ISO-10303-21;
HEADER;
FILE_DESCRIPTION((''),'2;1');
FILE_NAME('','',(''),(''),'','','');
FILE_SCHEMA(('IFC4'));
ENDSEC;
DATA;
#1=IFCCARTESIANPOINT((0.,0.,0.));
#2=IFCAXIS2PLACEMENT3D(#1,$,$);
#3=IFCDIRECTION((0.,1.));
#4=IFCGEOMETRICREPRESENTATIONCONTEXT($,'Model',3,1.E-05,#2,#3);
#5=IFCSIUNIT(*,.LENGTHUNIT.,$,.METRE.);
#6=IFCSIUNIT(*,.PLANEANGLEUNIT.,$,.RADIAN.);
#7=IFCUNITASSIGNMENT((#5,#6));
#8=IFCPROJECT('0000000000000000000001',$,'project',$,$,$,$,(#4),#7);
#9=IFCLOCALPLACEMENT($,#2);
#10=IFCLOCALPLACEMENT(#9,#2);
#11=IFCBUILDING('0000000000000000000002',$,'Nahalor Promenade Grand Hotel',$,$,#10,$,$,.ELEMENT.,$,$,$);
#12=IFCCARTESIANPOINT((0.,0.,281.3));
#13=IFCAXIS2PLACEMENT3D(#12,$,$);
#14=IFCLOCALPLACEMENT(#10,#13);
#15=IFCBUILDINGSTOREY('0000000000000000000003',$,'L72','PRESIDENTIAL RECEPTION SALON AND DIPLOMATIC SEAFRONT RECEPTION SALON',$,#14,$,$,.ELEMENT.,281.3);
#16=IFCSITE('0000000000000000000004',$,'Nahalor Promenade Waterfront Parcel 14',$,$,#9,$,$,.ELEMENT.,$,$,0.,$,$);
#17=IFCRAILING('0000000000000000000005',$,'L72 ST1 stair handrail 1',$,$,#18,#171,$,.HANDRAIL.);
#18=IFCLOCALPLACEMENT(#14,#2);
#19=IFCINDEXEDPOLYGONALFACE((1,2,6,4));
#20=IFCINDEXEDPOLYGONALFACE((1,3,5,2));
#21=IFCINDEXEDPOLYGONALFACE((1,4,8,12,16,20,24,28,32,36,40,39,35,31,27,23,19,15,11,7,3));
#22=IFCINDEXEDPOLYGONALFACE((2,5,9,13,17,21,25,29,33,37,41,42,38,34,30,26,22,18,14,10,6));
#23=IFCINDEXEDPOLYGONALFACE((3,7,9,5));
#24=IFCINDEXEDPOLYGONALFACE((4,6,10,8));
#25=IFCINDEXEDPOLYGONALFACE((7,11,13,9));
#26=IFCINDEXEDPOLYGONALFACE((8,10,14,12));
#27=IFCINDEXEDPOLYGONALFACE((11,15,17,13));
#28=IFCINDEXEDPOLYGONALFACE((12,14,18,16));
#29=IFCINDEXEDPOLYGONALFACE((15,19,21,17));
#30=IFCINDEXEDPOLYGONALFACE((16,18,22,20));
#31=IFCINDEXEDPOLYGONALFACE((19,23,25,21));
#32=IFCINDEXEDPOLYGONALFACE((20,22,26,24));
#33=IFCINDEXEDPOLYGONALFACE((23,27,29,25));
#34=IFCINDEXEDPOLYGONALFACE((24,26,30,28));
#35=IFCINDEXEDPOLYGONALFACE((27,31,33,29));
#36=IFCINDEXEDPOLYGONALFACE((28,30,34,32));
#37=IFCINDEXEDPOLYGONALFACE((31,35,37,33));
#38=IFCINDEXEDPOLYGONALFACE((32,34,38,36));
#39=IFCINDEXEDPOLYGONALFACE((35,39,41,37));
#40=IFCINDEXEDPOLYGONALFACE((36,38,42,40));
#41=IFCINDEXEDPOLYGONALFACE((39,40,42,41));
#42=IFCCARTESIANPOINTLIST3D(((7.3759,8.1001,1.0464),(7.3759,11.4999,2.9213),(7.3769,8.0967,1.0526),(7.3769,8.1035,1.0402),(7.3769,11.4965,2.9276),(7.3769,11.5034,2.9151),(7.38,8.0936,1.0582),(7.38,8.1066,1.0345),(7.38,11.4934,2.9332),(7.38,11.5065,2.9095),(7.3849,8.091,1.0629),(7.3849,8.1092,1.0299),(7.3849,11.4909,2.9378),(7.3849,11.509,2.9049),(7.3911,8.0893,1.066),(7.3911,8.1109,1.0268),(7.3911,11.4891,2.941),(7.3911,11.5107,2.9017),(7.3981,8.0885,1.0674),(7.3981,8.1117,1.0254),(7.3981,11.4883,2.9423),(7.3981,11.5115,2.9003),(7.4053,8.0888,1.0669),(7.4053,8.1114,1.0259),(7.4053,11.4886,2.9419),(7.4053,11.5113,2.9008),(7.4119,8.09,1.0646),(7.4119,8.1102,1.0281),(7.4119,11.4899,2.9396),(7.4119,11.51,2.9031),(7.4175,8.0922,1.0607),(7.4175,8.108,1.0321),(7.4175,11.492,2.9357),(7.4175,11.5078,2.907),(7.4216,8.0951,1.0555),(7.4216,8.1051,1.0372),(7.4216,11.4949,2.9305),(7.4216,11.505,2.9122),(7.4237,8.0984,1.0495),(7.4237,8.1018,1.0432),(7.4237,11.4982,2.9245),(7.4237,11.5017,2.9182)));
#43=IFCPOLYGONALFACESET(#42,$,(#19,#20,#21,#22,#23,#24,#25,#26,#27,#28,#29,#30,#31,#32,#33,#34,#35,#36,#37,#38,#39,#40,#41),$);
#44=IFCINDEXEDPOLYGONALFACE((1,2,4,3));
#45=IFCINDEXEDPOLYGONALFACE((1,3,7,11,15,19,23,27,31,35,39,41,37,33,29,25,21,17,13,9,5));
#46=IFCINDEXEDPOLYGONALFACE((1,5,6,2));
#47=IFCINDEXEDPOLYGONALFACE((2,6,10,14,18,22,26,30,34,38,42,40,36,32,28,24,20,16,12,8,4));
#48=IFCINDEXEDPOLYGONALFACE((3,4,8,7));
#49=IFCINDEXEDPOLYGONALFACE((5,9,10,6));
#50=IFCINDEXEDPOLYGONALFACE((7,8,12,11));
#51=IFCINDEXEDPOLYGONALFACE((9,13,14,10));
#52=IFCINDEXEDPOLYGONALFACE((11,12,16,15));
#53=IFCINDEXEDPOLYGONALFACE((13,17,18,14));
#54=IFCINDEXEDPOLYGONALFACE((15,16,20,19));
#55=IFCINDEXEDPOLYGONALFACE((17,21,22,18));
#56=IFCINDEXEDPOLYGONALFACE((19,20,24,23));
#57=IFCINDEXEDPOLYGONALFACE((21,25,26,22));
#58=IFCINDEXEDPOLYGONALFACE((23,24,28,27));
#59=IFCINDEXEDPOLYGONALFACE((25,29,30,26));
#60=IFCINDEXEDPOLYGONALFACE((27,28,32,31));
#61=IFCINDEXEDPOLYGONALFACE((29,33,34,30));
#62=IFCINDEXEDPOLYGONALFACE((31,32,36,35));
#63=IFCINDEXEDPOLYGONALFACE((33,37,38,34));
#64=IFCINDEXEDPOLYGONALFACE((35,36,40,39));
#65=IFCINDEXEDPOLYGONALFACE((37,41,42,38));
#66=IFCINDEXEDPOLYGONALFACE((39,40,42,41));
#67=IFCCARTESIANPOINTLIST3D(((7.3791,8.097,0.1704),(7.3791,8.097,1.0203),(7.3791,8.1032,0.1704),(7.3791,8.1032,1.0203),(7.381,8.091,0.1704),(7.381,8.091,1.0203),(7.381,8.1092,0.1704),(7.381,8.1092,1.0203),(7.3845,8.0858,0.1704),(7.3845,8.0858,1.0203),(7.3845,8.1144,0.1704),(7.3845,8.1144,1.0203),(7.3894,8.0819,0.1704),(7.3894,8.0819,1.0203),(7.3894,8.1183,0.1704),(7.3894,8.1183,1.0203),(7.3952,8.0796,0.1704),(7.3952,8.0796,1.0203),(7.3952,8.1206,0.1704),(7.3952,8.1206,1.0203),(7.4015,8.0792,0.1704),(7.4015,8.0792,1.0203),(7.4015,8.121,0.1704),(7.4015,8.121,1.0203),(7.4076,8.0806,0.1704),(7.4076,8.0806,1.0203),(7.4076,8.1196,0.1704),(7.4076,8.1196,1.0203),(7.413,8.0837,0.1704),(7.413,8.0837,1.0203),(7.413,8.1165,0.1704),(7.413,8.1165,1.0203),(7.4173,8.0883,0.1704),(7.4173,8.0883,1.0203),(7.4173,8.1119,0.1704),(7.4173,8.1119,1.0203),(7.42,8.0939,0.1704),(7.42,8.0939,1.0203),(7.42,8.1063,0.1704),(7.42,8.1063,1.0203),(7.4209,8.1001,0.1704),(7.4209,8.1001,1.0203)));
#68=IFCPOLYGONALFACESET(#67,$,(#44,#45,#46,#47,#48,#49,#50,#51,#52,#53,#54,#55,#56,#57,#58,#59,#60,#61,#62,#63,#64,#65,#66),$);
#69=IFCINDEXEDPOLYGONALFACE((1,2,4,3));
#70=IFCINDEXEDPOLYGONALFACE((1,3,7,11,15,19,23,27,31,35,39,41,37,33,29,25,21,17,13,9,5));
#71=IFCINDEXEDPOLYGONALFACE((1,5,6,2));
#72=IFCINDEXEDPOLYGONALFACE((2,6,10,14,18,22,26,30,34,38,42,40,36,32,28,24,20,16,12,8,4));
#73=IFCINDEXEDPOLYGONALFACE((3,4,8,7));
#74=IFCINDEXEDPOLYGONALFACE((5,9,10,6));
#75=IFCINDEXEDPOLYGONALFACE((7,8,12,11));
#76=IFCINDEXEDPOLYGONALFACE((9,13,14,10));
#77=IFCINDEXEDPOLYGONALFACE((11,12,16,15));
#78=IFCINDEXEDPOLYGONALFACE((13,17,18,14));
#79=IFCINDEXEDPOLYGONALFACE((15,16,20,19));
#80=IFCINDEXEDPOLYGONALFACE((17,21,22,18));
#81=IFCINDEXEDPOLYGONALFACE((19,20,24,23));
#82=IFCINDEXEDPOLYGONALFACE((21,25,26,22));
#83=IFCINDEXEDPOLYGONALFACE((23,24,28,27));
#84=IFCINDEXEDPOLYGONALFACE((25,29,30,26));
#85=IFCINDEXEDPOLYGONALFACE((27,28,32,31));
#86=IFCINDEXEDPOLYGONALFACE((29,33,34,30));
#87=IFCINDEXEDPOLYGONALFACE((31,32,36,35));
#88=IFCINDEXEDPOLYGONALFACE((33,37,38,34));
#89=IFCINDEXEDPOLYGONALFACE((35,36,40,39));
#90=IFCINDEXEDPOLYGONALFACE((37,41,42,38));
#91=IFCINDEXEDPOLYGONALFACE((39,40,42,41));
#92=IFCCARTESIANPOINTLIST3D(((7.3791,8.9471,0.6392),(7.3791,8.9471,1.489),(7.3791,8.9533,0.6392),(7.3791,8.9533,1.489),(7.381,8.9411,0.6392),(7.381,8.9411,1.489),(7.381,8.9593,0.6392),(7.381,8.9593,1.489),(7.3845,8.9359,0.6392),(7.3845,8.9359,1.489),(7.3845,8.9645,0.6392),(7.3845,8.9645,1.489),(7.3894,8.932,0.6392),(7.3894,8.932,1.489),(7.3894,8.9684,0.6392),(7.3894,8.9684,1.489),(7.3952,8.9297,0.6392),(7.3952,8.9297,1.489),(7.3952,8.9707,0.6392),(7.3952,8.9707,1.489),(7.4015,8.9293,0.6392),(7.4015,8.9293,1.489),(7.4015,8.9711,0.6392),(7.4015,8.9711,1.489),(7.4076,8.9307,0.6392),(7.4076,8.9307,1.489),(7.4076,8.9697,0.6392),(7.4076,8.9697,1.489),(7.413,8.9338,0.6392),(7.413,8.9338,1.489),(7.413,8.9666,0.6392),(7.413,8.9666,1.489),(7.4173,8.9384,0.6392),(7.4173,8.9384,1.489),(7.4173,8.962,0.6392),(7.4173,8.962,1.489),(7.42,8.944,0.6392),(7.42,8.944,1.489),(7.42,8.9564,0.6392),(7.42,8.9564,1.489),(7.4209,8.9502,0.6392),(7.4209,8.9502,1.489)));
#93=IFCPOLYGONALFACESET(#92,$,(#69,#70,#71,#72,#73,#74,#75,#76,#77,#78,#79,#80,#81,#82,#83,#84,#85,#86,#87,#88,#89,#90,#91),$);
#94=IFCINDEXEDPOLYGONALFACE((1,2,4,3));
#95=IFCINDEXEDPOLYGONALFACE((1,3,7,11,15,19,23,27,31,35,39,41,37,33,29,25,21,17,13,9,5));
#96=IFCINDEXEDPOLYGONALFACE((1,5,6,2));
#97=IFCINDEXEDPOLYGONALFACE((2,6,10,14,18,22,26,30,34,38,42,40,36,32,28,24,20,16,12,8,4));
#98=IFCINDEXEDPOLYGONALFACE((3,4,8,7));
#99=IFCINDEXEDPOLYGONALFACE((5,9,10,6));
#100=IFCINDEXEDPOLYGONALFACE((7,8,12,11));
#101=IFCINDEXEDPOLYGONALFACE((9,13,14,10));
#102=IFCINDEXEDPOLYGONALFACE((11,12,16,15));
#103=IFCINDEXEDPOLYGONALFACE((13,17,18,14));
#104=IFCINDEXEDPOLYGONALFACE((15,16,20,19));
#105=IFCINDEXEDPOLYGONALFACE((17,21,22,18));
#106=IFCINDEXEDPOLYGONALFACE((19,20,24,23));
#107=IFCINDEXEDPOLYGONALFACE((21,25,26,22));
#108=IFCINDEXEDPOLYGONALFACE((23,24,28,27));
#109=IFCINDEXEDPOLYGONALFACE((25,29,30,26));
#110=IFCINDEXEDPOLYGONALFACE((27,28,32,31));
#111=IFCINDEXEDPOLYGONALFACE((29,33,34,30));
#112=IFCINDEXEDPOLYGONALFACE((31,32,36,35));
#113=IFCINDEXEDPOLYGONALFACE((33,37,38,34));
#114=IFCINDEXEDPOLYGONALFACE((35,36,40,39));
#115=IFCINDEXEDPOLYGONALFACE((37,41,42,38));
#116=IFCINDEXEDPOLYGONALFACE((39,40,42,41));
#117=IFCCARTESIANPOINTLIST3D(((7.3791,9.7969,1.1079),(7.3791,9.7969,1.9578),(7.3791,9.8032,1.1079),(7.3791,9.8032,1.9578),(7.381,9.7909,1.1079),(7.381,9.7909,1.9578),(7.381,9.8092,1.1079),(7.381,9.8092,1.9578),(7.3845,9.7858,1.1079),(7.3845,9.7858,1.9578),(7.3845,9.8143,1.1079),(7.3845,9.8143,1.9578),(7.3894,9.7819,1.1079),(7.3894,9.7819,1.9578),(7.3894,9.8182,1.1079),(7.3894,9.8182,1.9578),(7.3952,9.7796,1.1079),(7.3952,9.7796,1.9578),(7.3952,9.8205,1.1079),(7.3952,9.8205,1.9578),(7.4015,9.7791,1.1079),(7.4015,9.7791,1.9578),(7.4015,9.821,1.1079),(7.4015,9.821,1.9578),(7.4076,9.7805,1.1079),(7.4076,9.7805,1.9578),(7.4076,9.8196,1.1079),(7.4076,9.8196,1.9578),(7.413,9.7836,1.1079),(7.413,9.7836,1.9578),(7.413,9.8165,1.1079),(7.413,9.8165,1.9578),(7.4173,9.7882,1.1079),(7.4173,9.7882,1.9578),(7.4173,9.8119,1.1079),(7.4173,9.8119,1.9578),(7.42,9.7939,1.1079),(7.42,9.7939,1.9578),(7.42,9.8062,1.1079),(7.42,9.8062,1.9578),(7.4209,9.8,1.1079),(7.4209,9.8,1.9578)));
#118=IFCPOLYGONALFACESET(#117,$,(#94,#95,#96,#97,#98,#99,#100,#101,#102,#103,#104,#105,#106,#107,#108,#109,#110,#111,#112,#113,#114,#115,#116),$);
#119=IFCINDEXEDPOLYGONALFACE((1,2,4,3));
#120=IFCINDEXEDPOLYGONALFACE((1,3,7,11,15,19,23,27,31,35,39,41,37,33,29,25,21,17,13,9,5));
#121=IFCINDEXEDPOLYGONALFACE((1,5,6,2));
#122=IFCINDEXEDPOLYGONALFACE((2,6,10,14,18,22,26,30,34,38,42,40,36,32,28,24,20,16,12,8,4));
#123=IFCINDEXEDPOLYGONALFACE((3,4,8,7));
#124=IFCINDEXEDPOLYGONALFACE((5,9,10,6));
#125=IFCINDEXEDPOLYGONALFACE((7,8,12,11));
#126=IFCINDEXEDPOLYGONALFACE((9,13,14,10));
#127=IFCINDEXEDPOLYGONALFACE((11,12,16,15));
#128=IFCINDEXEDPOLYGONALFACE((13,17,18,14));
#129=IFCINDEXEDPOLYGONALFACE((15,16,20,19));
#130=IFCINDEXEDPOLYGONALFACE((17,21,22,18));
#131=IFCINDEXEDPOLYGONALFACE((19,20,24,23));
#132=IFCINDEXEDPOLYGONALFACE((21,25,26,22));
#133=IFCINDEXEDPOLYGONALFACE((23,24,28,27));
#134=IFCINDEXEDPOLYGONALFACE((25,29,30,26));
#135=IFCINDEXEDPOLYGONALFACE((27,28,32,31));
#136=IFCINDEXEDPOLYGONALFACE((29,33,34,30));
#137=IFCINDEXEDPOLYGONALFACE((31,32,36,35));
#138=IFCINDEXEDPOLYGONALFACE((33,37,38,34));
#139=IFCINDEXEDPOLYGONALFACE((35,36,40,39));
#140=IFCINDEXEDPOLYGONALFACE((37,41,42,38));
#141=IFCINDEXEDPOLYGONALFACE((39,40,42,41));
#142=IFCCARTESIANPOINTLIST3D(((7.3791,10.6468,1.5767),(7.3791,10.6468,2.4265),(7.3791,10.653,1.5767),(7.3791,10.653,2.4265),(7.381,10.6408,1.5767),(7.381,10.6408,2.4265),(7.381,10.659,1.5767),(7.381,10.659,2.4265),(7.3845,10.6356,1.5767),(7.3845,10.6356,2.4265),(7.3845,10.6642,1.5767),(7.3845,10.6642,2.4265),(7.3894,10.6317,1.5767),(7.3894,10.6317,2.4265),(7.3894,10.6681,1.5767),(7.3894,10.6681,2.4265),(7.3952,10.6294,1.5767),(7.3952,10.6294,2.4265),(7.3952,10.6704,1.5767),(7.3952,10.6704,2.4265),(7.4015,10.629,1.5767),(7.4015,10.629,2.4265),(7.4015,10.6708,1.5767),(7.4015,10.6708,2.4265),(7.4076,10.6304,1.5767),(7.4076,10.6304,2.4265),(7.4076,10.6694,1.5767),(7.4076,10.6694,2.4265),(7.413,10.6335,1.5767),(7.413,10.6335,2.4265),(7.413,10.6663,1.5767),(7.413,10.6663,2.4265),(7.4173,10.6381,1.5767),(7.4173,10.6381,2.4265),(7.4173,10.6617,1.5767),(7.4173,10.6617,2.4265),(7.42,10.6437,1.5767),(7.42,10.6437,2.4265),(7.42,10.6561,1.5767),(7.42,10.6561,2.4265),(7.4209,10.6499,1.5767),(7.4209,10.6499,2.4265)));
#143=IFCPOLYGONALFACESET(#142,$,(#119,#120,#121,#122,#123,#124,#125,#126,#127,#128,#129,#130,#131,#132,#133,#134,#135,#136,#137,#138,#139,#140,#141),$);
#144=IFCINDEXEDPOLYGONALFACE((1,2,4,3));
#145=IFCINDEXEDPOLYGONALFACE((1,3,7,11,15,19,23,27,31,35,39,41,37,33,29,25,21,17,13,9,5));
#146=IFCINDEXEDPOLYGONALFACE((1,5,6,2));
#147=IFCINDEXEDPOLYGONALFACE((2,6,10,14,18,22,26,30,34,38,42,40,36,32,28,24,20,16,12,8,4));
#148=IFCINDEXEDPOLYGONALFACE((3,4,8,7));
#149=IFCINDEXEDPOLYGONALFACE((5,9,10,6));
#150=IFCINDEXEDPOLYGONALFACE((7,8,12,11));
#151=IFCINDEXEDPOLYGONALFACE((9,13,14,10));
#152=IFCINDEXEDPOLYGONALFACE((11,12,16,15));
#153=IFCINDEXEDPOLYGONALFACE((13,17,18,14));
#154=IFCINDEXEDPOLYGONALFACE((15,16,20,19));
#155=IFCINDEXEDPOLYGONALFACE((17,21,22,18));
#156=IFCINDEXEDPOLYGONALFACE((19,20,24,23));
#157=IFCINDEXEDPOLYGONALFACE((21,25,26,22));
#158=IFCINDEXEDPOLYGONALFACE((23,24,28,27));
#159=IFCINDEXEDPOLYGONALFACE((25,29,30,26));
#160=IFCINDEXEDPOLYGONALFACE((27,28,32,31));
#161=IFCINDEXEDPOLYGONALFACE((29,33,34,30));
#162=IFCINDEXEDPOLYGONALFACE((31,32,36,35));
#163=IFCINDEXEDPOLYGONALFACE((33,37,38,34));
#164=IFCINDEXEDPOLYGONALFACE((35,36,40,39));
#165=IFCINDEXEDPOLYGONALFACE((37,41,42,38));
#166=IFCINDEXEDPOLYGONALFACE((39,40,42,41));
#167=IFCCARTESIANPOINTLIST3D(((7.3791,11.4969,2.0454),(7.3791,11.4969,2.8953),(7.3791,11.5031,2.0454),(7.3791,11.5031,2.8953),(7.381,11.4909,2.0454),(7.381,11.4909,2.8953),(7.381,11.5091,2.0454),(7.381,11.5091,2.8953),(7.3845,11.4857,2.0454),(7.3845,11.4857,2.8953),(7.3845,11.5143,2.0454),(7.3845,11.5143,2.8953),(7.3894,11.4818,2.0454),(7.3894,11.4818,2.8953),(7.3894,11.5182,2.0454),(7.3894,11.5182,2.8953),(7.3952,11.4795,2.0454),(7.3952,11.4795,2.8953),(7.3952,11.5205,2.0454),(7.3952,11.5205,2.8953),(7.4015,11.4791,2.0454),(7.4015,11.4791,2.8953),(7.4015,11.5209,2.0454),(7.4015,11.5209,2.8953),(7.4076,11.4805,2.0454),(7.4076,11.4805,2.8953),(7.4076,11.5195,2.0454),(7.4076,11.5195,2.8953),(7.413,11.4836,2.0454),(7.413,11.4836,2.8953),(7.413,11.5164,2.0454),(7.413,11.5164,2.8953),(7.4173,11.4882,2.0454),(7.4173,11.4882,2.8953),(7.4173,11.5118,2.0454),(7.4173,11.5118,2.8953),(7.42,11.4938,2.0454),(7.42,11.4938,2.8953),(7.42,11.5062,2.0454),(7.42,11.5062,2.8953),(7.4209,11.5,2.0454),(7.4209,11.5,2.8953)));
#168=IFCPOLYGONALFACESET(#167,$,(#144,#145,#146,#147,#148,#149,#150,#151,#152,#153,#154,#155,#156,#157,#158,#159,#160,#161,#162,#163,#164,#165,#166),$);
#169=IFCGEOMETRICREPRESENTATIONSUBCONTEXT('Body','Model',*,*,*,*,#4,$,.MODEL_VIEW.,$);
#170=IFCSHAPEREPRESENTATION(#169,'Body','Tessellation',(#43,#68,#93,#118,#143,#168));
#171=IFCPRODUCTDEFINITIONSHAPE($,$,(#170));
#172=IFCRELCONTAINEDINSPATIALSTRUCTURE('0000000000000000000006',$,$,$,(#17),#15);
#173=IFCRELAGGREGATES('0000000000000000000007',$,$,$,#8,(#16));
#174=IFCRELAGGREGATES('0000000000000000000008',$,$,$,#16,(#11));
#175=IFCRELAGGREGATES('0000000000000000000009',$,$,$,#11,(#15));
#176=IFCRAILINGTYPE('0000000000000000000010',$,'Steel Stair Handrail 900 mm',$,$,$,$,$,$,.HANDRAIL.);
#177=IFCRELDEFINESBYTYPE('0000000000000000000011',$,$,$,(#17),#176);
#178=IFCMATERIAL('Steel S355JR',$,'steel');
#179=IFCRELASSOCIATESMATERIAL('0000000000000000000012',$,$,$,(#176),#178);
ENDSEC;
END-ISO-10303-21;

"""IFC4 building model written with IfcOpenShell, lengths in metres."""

from ifc_helpers import new_model, si_unit, direction, frame, origin, origin_2d, place, context, subcontext, project, spatial, circle, extrude, material, type_object, element, save


model = new_model("IFC4")

# Units and contexts
model_context = context("Model", 3, precision=1e-05, world=origin(), true_north=direction((0.0, 1.0)))
body_context = subcontext(model_context, "Body", "Model", "MODEL_VIEW")
ifc_project = project(units=[si_unit("LENGTHUNIT", "METRE"), si_unit("PLANEANGLEUNIT", "RADIAN")], contexts=[model_context])

# Site, building, storey
site_placement = place(None, origin())
site = spatial("IfcSite", under=ifc_project, at=site_placement, Name="Nahalor Promenade Waterfront Parcel 14", CompositionType="ELEMENT", RefElevation=0.0)
building_placement = place(site_placement, origin())
building = spatial("IfcBuilding", under=site, at=building_placement, Name="Nahalor Promenade Grand Hotel", CompositionType="ELEMENT")
storey_placement = place(building_placement, frame((0.0, 0.0, 281.3)))
storey = spatial("IfcBuildingStorey", under=building, at=storey_placement, Name="L72", Description="PRESIDENTIAL RECEPTION SALON AND DIPLOMATIC SEAFRONT RECEPTION SALON", CompositionType="ELEMENT", Elevation=281.3)

# Shared definitions
ifc_material_1 = material(Name="Steel S355JR", Category="steel")

# Railing
railing_type_1 = type_object("IfcRailingType", Name="Steel Stair Handrail 900 mm", PredefinedType="HANDRAIL", material=ifc_material_1)
railing_1_placement = place(storey_placement, frame((7.3999, 8.1001, 0.1704)))
element("IfcRailing", 1, at=railing_1_placement, inside=storey, type_object=railing_type_1, Name="L72 ST1 stair handrail 1", PredefinedType="HANDRAIL", context=body_context, shape_type="SweptSolid", body=[
    extrude(circle(Radius=0.024, at=origin_2d()), frame((0.0, 0.0, 0.876), z_axis=(0.0, 0.875666, 0.482918), x_axis=(-1.0, 0.0, 0.0)), (0.0, 0.0, 1.0), 3.8826),
    extrude(circle(Radius=0.021, at=origin_2d()), origin(), (0.0, 0.0, 1.0), 0.8499),
    extrude(circle(Radius=0.021, at=origin_2d()), frame((0.0, 0.8501, 0.4688)), (0.0, 0.0, 1.0), 0.8499),
    extrude(circle(Radius=0.021, at=origin_2d()), frame((0.0, 1.7, 0.9375)), (0.0, 0.0, 1.0), 0.8499),
    extrude(circle(Radius=0.021, at=origin_2d()), frame((0.0, 2.5498, 1.4062)), (0.0, 0.0, 1.0), 0.8499),
    extrude(circle(Radius=0.021, at=origin_2d()), frame((0.0, 3.3999, 1.875)), (0.0, 0.0, 1.0), 0.8499),
])

save(model, "model.ifc")
